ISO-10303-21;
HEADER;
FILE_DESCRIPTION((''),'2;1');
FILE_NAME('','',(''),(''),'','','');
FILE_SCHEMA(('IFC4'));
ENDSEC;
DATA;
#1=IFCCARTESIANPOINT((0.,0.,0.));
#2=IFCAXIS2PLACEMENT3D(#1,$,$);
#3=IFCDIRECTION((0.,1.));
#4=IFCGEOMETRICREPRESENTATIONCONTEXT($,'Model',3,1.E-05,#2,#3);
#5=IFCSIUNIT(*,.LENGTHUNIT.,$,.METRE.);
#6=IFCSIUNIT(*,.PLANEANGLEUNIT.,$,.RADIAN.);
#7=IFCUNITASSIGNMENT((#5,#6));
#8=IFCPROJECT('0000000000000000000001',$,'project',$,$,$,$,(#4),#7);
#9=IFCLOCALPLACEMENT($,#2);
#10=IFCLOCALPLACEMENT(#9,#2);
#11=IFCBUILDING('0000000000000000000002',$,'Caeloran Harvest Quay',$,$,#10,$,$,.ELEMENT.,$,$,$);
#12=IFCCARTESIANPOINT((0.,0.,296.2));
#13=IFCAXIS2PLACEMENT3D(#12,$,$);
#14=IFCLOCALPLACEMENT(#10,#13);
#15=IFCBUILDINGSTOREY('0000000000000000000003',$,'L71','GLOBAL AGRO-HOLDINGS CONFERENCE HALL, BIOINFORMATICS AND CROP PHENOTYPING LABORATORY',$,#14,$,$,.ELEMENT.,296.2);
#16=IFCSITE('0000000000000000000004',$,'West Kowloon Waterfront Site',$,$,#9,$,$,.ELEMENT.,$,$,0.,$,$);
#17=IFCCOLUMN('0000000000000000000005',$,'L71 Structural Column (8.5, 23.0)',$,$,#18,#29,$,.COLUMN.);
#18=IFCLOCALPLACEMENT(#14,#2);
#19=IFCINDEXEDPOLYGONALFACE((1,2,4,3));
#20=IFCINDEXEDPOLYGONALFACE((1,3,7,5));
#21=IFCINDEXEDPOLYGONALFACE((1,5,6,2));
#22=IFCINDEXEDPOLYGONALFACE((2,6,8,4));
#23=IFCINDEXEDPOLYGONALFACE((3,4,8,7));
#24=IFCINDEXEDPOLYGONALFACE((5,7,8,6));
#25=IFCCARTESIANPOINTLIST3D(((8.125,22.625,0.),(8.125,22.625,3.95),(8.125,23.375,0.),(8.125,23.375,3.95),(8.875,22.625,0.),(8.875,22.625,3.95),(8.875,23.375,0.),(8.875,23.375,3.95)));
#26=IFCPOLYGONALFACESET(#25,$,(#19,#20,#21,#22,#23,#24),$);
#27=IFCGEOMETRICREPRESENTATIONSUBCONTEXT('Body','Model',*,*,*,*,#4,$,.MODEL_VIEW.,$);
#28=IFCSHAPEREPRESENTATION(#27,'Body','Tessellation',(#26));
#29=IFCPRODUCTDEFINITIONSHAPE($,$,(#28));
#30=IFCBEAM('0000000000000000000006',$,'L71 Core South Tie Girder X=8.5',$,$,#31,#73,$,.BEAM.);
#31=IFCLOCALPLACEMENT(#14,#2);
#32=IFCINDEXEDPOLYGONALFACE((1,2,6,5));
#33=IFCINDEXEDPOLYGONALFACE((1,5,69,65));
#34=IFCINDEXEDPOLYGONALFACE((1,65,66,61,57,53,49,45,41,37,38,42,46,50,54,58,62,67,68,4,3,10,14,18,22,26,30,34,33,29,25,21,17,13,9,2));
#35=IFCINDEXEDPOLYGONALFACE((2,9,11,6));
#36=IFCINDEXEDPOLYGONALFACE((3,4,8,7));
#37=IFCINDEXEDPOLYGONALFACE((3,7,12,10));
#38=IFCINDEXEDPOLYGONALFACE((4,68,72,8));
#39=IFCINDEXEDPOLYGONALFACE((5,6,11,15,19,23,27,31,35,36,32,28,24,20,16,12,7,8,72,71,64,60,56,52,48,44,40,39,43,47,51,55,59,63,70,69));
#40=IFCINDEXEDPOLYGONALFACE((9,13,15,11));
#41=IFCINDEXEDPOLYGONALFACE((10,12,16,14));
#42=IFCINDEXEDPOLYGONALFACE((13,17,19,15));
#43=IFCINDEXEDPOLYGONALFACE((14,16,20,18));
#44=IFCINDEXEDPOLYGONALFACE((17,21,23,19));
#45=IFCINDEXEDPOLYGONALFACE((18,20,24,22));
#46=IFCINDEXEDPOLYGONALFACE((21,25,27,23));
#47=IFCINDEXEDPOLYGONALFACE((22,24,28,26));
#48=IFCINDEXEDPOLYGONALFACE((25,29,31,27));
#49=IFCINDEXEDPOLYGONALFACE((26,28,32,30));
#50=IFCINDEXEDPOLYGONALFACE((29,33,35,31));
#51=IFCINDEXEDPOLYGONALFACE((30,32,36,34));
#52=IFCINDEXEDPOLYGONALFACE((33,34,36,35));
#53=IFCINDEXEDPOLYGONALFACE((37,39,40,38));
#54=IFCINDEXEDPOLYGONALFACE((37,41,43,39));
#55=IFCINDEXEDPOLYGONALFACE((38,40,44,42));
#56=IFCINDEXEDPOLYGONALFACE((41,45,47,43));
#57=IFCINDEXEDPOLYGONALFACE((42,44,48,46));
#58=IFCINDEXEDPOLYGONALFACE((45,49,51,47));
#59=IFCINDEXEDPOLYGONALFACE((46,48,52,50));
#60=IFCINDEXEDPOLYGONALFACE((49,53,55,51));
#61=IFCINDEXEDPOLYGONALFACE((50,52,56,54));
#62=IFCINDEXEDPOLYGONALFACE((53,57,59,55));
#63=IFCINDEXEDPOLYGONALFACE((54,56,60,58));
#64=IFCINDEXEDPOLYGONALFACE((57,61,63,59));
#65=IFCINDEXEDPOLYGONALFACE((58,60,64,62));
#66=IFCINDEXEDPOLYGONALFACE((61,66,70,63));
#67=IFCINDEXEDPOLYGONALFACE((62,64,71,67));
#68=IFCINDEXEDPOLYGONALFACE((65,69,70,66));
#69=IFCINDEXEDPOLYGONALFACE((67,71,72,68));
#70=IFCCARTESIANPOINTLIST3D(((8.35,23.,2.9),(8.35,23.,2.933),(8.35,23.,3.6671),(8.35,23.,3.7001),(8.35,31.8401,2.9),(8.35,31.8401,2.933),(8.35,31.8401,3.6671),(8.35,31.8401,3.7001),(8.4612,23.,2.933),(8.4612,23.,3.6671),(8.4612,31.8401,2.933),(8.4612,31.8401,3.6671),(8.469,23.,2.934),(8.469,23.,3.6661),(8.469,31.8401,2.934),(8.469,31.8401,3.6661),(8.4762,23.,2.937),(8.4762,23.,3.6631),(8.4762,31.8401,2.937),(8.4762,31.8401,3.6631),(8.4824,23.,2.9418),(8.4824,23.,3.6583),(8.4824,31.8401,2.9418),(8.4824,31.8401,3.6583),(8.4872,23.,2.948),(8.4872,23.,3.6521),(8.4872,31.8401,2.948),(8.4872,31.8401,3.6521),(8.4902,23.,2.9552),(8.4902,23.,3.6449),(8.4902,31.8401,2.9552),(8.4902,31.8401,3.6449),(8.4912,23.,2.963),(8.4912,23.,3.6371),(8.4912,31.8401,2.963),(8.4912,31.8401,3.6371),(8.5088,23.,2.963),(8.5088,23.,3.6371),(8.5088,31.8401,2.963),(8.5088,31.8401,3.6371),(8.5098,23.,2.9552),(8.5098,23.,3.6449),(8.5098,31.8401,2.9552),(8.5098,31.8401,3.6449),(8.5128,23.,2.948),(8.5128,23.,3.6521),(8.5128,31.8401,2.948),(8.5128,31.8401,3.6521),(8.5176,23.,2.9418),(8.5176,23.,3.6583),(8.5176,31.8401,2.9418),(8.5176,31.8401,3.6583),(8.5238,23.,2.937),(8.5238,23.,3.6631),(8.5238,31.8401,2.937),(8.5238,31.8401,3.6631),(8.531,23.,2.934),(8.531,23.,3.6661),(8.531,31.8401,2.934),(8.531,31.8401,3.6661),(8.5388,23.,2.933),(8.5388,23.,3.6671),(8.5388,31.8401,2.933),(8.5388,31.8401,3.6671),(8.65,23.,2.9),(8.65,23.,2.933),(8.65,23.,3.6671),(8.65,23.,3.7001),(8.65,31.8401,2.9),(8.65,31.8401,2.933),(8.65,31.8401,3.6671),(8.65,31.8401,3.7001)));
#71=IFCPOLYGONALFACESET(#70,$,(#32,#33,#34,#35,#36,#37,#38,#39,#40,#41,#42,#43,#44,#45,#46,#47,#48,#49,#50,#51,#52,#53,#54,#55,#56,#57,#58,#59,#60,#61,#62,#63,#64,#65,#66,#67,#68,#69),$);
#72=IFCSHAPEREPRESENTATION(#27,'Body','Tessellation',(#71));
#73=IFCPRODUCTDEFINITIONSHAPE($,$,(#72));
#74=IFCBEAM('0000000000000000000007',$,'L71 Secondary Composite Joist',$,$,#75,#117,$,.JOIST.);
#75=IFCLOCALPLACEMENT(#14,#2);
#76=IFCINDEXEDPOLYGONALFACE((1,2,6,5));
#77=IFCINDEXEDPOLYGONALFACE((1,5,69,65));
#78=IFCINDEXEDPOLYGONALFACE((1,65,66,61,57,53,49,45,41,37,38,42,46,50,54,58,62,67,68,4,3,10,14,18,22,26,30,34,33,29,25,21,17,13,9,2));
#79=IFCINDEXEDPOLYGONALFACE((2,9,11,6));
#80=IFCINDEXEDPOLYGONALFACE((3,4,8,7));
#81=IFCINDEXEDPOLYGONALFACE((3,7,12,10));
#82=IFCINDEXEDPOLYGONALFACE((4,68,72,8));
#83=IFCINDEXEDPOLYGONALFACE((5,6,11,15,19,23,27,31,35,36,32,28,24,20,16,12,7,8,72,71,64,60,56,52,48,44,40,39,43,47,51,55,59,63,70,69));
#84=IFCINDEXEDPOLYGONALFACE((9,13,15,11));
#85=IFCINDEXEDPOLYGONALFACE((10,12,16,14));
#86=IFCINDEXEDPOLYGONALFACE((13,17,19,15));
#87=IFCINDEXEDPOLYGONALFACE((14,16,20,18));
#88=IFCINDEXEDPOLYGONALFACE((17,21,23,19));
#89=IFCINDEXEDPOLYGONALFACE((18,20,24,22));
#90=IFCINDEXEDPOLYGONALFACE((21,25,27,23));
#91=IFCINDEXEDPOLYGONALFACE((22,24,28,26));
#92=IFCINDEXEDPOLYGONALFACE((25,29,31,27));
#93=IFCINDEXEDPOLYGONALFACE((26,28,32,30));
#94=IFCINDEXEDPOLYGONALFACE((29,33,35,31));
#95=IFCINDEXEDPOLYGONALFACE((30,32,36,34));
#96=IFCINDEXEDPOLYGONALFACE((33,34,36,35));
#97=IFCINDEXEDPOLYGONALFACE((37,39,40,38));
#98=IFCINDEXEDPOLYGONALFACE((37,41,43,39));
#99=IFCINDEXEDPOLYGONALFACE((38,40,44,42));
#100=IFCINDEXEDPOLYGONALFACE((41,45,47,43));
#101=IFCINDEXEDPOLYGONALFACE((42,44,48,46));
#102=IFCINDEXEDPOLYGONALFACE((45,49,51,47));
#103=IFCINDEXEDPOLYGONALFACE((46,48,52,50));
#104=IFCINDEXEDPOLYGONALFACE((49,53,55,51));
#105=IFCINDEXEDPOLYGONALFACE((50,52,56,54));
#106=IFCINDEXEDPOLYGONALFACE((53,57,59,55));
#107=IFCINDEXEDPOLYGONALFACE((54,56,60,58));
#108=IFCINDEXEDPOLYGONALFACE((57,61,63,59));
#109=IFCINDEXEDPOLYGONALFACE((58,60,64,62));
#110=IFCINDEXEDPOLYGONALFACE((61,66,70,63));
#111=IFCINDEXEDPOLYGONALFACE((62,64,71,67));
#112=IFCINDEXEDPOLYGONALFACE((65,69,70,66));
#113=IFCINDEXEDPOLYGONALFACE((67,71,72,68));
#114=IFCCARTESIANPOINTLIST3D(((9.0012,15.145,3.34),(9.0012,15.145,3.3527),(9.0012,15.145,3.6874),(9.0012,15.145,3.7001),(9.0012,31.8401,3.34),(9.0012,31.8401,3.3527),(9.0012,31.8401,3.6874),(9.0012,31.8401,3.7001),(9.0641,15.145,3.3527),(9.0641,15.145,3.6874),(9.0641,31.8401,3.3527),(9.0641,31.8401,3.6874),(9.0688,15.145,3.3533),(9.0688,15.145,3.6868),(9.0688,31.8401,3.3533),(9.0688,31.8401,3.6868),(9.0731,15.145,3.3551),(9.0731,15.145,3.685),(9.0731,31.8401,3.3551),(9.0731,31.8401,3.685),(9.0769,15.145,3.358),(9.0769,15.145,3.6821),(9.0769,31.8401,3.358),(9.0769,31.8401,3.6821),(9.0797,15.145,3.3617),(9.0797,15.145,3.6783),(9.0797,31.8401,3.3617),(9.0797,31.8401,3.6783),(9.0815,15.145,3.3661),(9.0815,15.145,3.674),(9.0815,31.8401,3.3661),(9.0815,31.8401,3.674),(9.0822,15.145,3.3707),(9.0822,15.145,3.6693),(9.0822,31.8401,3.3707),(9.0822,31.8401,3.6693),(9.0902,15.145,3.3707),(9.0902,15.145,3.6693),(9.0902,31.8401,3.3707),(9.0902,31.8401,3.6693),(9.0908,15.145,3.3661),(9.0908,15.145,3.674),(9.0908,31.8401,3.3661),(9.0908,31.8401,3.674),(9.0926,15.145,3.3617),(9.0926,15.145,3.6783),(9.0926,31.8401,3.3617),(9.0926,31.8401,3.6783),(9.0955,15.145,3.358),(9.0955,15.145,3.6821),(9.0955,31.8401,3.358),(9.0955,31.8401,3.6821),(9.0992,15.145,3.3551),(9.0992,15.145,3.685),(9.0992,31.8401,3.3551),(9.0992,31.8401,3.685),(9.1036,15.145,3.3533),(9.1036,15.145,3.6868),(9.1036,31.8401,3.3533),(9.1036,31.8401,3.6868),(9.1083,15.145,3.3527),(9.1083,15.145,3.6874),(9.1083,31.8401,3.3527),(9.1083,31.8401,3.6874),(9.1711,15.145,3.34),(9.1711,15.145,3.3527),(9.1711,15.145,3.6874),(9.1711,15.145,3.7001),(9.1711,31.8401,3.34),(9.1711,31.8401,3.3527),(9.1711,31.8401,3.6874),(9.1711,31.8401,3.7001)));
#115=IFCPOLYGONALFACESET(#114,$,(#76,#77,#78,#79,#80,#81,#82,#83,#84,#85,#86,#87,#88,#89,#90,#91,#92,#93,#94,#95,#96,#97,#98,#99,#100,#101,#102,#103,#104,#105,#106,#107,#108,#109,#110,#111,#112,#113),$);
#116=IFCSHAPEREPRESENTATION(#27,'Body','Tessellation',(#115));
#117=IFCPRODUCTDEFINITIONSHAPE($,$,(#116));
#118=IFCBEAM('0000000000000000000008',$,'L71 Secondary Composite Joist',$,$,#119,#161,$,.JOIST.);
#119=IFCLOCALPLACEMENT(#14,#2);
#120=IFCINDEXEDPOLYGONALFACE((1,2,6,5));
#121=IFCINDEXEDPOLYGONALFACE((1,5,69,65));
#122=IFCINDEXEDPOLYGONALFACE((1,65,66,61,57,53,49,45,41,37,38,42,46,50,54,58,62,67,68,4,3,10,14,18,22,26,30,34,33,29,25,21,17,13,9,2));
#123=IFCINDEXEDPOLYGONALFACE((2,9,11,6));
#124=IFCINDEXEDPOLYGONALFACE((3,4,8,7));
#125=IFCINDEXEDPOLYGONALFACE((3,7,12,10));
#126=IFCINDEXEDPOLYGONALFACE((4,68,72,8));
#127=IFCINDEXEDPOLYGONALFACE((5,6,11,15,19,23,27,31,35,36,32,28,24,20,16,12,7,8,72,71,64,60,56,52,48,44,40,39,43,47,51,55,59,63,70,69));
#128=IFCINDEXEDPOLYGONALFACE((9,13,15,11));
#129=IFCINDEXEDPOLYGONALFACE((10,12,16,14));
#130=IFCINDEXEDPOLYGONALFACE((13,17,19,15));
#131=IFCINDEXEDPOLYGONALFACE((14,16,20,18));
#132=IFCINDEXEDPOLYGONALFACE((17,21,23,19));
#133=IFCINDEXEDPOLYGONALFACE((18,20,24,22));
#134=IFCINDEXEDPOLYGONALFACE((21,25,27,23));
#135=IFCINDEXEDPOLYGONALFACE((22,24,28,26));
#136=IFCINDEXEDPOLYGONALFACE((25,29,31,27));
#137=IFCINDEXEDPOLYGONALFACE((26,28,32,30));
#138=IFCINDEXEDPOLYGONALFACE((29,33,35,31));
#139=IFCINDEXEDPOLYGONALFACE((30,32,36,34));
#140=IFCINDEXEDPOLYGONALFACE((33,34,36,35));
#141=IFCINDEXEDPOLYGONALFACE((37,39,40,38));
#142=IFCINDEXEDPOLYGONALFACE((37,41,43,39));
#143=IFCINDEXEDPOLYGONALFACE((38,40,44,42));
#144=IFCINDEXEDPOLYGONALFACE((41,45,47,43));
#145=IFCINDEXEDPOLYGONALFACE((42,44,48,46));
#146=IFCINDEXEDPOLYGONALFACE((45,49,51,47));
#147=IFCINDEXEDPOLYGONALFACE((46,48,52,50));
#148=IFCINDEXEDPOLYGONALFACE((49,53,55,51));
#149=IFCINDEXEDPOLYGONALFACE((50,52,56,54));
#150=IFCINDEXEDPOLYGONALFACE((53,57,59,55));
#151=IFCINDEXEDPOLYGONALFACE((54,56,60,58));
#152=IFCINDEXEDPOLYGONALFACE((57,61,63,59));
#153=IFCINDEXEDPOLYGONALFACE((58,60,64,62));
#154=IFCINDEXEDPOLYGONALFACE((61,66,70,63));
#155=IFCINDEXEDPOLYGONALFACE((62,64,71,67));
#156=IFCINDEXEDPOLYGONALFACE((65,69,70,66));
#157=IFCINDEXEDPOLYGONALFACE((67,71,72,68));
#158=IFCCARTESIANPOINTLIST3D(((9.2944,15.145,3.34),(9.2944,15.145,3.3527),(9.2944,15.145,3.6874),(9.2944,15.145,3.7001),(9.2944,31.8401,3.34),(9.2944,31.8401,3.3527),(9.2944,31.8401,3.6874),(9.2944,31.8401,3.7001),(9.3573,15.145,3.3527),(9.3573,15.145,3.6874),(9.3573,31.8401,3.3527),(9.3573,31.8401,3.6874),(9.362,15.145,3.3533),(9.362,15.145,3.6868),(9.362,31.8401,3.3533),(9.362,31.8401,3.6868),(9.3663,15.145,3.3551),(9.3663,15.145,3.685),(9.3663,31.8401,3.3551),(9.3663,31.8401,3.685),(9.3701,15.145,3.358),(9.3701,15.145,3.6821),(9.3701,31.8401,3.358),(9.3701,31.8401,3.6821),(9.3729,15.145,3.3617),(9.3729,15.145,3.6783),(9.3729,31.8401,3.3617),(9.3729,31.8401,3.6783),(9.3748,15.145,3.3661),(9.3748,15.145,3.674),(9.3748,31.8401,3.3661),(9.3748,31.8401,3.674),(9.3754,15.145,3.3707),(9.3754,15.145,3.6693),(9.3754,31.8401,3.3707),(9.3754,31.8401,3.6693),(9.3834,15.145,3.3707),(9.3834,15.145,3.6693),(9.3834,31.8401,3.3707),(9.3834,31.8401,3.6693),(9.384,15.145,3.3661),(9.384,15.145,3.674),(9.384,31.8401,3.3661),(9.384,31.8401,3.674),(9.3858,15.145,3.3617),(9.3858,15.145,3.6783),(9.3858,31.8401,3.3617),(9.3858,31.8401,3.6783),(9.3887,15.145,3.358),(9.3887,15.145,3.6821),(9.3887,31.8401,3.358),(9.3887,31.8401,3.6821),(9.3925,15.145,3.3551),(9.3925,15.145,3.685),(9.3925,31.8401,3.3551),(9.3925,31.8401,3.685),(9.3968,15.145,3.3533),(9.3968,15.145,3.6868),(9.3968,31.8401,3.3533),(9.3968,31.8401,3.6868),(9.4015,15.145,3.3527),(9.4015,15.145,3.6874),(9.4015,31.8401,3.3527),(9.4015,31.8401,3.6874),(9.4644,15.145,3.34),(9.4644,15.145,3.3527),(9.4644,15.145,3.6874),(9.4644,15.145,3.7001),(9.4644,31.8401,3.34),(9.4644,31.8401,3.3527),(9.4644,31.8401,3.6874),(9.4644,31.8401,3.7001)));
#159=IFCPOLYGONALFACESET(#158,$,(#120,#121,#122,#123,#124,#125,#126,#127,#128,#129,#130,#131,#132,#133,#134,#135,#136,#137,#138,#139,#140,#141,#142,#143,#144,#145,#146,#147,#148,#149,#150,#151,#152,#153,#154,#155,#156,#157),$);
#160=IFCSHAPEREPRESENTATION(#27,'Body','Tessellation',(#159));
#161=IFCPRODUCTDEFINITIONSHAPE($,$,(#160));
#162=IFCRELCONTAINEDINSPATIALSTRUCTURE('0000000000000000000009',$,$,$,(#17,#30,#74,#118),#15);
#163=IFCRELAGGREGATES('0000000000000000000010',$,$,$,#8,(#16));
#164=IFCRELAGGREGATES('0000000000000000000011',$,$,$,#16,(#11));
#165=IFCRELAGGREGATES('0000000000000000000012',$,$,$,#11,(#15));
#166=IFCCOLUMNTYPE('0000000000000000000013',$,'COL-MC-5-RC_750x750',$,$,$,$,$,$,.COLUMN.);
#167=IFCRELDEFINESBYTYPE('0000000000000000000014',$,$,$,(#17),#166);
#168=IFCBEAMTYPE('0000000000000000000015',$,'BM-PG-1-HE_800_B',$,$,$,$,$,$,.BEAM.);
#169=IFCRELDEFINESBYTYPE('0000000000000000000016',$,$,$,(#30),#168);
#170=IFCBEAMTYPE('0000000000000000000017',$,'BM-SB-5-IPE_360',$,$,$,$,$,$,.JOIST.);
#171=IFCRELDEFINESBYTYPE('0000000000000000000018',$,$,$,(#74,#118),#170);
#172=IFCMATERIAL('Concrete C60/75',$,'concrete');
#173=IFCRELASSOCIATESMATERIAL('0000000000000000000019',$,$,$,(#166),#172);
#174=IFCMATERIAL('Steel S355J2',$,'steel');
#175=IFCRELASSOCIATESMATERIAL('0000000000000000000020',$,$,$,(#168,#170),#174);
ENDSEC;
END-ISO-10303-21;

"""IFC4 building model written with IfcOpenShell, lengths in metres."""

from ifc_helpers import new_model, si_unit, direction, frame, origin, origin_2d, place, context, subcontext, project, spatial, rectangle, i_section, extrude, material, material_profile, profile_set, type_object, element, save


model = new_model("IFC4")

# Units and contexts
model_context = context("Model", 3, precision=1e-05, world=origin(), true_north=direction((0.0, 1.0)))
body_context = subcontext(model_context, "Body", "Model", "MODEL_VIEW")
ifc_project = project(units=[si_unit("LENGTHUNIT", "METRE"), si_unit("PLANEANGLEUNIT", "RADIAN")], contexts=[model_context])

# Site, building, storey
site_placement = place(None, origin())
site = spatial("IfcSite", under=ifc_project, at=site_placement, Name="West Kowloon Waterfront Site", CompositionType="ELEMENT", RefElevation=0.0)
building_placement = place(site_placement, origin())
building = spatial("IfcBuilding", under=site, at=building_placement, Name="Caeloran Harvest Quay", CompositionType="ELEMENT")
storey_placement = place(building_placement, frame((0.0, 0.0, 296.2)))
storey = spatial("IfcBuildingStorey", under=building, at=storey_placement, Name="L71", Description="GLOBAL AGRO-HOLDINGS CONFERENCE HALL, BIOINFORMATICS AND CROP PHENOTYPING LABORATORY", CompositionType="ELEMENT", Elevation=296.2)

# Column
ifc_material_1 = material(Name="Concrete C60/75", Category="concrete")
ifc_material_profile_1 = material_profile(ifc_material_1, rectangle(XDim=0.75, YDim=0.75, at=origin_2d()), Name="RC 750x750")
ifc_profile_set_1 = profile_set([ifc_material_profile_1], Name="Concrete C60/75")
column_type = type_object("IfcColumnType", Name="COL-MC-5-RC_750x750", PredefinedType="COLUMN", material=ifc_profile_set_1)
column_placement = place(storey_placement, frame((8.5, 23.0, 0.0), z_axis=(0.0, 0.0, 1.0), x_axis=(1.0, 0.0, 0.0)))
element("IfcColumn", 1, at=column_placement, inside=storey, type_object=column_type, Name="L71 Structural Column (8.5, 23.0)", PredefinedType="COLUMN", context=body_context, shape_type="SweptSolid", body=[
    extrude(rectangle(XDim=0.75, YDim=0.75, at=origin_2d()), origin(), (0.0, 0.0, 1.0), 3.95),
])

# Beams
ifc_material_2 = material(Name="Steel S355J2", Category="steel")
ifc_material_profile_2 = material_profile(ifc_material_2, i_section(OverallWidth=0.3, OverallDepth=0.8, WebThickness=0.0176, FlangeThickness=0.033, FilletRadius=0.03, at=origin_2d()), Name="HE 800 B")
ifc_profile_set_2 = profile_set([ifc_material_profile_2], Name="Steel S355J2")
beam_type_1 = type_object("IfcBeamType", Name="BM-PG-1-HE_800_B", PredefinedType="BEAM", material=ifc_profile_set_2)
beam_placement = place(storey_placement, frame((8.5, 23.0, 3.3), z_axis=(0.0, 1.0, 0.0), x_axis=(-1.0, 0.0, 0.0)))
element("IfcBeam", 2, at=beam_placement, inside=storey, type_object=beam_type_1, Name="L71 Core South Tie Girder X=8.5", PredefinedType="BEAM", context=body_context, shape_type="SweptSolid", body=[
    extrude(i_section(OverallWidth=0.3, OverallDepth=0.8, WebThickness=0.0176, FlangeThickness=0.033, FilletRadius=0.03, at=origin_2d()), origin(), (0.0, 0.0, 1.0), 8.8401),
])
ifc_material_profile_3 = material_profile(ifc_material_2, i_section(OverallWidth=0.1699, OverallDepth=0.3601, WebThickness=0.0081, FlangeThickness=0.0127, FilletRadius=0.0181, at=origin_2d()), Name="IPE 360")
ifc_profile_set_3 = profile_set([ifc_material_profile_3], Name="Steel S355J2")
beam_type_2 = type_object("IfcBeamType", Name="BM-SB-5-IPE_360", PredefinedType="JOIST", material=ifc_profile_set_3)
for number, where, z_axis, x_axis, name in (
    (3, (9.0862, 15.145, 3.52), (0.0, 1.0, 0.0), (-1.0, 0.0, 0.0), "L71 Secondary Composite Joist"),
    (4, (9.3794, 15.145, 3.52), (0.0, 1.0, 0.0), (-1.0, 0.0, 0.0), "L71 Secondary Composite Joist"),
):
    element("IfcBeam", number, at=place(storey_placement, frame(where, z_axis=z_axis, x_axis=x_axis)), inside=storey, type_object=beam_type_2, Name=name, PredefinedType="JOIST", context=body_context, shape_type="SweptSolid", body=[
        extrude(i_section(OverallWidth=0.1699, OverallDepth=0.3601, WebThickness=0.0081, FlangeThickness=0.0127, FilletRadius=0.0181, at=origin_2d()), origin(), (0.0, 0.0, 1.0), 16.6951),
    ])

save(model, "model.ifc")
